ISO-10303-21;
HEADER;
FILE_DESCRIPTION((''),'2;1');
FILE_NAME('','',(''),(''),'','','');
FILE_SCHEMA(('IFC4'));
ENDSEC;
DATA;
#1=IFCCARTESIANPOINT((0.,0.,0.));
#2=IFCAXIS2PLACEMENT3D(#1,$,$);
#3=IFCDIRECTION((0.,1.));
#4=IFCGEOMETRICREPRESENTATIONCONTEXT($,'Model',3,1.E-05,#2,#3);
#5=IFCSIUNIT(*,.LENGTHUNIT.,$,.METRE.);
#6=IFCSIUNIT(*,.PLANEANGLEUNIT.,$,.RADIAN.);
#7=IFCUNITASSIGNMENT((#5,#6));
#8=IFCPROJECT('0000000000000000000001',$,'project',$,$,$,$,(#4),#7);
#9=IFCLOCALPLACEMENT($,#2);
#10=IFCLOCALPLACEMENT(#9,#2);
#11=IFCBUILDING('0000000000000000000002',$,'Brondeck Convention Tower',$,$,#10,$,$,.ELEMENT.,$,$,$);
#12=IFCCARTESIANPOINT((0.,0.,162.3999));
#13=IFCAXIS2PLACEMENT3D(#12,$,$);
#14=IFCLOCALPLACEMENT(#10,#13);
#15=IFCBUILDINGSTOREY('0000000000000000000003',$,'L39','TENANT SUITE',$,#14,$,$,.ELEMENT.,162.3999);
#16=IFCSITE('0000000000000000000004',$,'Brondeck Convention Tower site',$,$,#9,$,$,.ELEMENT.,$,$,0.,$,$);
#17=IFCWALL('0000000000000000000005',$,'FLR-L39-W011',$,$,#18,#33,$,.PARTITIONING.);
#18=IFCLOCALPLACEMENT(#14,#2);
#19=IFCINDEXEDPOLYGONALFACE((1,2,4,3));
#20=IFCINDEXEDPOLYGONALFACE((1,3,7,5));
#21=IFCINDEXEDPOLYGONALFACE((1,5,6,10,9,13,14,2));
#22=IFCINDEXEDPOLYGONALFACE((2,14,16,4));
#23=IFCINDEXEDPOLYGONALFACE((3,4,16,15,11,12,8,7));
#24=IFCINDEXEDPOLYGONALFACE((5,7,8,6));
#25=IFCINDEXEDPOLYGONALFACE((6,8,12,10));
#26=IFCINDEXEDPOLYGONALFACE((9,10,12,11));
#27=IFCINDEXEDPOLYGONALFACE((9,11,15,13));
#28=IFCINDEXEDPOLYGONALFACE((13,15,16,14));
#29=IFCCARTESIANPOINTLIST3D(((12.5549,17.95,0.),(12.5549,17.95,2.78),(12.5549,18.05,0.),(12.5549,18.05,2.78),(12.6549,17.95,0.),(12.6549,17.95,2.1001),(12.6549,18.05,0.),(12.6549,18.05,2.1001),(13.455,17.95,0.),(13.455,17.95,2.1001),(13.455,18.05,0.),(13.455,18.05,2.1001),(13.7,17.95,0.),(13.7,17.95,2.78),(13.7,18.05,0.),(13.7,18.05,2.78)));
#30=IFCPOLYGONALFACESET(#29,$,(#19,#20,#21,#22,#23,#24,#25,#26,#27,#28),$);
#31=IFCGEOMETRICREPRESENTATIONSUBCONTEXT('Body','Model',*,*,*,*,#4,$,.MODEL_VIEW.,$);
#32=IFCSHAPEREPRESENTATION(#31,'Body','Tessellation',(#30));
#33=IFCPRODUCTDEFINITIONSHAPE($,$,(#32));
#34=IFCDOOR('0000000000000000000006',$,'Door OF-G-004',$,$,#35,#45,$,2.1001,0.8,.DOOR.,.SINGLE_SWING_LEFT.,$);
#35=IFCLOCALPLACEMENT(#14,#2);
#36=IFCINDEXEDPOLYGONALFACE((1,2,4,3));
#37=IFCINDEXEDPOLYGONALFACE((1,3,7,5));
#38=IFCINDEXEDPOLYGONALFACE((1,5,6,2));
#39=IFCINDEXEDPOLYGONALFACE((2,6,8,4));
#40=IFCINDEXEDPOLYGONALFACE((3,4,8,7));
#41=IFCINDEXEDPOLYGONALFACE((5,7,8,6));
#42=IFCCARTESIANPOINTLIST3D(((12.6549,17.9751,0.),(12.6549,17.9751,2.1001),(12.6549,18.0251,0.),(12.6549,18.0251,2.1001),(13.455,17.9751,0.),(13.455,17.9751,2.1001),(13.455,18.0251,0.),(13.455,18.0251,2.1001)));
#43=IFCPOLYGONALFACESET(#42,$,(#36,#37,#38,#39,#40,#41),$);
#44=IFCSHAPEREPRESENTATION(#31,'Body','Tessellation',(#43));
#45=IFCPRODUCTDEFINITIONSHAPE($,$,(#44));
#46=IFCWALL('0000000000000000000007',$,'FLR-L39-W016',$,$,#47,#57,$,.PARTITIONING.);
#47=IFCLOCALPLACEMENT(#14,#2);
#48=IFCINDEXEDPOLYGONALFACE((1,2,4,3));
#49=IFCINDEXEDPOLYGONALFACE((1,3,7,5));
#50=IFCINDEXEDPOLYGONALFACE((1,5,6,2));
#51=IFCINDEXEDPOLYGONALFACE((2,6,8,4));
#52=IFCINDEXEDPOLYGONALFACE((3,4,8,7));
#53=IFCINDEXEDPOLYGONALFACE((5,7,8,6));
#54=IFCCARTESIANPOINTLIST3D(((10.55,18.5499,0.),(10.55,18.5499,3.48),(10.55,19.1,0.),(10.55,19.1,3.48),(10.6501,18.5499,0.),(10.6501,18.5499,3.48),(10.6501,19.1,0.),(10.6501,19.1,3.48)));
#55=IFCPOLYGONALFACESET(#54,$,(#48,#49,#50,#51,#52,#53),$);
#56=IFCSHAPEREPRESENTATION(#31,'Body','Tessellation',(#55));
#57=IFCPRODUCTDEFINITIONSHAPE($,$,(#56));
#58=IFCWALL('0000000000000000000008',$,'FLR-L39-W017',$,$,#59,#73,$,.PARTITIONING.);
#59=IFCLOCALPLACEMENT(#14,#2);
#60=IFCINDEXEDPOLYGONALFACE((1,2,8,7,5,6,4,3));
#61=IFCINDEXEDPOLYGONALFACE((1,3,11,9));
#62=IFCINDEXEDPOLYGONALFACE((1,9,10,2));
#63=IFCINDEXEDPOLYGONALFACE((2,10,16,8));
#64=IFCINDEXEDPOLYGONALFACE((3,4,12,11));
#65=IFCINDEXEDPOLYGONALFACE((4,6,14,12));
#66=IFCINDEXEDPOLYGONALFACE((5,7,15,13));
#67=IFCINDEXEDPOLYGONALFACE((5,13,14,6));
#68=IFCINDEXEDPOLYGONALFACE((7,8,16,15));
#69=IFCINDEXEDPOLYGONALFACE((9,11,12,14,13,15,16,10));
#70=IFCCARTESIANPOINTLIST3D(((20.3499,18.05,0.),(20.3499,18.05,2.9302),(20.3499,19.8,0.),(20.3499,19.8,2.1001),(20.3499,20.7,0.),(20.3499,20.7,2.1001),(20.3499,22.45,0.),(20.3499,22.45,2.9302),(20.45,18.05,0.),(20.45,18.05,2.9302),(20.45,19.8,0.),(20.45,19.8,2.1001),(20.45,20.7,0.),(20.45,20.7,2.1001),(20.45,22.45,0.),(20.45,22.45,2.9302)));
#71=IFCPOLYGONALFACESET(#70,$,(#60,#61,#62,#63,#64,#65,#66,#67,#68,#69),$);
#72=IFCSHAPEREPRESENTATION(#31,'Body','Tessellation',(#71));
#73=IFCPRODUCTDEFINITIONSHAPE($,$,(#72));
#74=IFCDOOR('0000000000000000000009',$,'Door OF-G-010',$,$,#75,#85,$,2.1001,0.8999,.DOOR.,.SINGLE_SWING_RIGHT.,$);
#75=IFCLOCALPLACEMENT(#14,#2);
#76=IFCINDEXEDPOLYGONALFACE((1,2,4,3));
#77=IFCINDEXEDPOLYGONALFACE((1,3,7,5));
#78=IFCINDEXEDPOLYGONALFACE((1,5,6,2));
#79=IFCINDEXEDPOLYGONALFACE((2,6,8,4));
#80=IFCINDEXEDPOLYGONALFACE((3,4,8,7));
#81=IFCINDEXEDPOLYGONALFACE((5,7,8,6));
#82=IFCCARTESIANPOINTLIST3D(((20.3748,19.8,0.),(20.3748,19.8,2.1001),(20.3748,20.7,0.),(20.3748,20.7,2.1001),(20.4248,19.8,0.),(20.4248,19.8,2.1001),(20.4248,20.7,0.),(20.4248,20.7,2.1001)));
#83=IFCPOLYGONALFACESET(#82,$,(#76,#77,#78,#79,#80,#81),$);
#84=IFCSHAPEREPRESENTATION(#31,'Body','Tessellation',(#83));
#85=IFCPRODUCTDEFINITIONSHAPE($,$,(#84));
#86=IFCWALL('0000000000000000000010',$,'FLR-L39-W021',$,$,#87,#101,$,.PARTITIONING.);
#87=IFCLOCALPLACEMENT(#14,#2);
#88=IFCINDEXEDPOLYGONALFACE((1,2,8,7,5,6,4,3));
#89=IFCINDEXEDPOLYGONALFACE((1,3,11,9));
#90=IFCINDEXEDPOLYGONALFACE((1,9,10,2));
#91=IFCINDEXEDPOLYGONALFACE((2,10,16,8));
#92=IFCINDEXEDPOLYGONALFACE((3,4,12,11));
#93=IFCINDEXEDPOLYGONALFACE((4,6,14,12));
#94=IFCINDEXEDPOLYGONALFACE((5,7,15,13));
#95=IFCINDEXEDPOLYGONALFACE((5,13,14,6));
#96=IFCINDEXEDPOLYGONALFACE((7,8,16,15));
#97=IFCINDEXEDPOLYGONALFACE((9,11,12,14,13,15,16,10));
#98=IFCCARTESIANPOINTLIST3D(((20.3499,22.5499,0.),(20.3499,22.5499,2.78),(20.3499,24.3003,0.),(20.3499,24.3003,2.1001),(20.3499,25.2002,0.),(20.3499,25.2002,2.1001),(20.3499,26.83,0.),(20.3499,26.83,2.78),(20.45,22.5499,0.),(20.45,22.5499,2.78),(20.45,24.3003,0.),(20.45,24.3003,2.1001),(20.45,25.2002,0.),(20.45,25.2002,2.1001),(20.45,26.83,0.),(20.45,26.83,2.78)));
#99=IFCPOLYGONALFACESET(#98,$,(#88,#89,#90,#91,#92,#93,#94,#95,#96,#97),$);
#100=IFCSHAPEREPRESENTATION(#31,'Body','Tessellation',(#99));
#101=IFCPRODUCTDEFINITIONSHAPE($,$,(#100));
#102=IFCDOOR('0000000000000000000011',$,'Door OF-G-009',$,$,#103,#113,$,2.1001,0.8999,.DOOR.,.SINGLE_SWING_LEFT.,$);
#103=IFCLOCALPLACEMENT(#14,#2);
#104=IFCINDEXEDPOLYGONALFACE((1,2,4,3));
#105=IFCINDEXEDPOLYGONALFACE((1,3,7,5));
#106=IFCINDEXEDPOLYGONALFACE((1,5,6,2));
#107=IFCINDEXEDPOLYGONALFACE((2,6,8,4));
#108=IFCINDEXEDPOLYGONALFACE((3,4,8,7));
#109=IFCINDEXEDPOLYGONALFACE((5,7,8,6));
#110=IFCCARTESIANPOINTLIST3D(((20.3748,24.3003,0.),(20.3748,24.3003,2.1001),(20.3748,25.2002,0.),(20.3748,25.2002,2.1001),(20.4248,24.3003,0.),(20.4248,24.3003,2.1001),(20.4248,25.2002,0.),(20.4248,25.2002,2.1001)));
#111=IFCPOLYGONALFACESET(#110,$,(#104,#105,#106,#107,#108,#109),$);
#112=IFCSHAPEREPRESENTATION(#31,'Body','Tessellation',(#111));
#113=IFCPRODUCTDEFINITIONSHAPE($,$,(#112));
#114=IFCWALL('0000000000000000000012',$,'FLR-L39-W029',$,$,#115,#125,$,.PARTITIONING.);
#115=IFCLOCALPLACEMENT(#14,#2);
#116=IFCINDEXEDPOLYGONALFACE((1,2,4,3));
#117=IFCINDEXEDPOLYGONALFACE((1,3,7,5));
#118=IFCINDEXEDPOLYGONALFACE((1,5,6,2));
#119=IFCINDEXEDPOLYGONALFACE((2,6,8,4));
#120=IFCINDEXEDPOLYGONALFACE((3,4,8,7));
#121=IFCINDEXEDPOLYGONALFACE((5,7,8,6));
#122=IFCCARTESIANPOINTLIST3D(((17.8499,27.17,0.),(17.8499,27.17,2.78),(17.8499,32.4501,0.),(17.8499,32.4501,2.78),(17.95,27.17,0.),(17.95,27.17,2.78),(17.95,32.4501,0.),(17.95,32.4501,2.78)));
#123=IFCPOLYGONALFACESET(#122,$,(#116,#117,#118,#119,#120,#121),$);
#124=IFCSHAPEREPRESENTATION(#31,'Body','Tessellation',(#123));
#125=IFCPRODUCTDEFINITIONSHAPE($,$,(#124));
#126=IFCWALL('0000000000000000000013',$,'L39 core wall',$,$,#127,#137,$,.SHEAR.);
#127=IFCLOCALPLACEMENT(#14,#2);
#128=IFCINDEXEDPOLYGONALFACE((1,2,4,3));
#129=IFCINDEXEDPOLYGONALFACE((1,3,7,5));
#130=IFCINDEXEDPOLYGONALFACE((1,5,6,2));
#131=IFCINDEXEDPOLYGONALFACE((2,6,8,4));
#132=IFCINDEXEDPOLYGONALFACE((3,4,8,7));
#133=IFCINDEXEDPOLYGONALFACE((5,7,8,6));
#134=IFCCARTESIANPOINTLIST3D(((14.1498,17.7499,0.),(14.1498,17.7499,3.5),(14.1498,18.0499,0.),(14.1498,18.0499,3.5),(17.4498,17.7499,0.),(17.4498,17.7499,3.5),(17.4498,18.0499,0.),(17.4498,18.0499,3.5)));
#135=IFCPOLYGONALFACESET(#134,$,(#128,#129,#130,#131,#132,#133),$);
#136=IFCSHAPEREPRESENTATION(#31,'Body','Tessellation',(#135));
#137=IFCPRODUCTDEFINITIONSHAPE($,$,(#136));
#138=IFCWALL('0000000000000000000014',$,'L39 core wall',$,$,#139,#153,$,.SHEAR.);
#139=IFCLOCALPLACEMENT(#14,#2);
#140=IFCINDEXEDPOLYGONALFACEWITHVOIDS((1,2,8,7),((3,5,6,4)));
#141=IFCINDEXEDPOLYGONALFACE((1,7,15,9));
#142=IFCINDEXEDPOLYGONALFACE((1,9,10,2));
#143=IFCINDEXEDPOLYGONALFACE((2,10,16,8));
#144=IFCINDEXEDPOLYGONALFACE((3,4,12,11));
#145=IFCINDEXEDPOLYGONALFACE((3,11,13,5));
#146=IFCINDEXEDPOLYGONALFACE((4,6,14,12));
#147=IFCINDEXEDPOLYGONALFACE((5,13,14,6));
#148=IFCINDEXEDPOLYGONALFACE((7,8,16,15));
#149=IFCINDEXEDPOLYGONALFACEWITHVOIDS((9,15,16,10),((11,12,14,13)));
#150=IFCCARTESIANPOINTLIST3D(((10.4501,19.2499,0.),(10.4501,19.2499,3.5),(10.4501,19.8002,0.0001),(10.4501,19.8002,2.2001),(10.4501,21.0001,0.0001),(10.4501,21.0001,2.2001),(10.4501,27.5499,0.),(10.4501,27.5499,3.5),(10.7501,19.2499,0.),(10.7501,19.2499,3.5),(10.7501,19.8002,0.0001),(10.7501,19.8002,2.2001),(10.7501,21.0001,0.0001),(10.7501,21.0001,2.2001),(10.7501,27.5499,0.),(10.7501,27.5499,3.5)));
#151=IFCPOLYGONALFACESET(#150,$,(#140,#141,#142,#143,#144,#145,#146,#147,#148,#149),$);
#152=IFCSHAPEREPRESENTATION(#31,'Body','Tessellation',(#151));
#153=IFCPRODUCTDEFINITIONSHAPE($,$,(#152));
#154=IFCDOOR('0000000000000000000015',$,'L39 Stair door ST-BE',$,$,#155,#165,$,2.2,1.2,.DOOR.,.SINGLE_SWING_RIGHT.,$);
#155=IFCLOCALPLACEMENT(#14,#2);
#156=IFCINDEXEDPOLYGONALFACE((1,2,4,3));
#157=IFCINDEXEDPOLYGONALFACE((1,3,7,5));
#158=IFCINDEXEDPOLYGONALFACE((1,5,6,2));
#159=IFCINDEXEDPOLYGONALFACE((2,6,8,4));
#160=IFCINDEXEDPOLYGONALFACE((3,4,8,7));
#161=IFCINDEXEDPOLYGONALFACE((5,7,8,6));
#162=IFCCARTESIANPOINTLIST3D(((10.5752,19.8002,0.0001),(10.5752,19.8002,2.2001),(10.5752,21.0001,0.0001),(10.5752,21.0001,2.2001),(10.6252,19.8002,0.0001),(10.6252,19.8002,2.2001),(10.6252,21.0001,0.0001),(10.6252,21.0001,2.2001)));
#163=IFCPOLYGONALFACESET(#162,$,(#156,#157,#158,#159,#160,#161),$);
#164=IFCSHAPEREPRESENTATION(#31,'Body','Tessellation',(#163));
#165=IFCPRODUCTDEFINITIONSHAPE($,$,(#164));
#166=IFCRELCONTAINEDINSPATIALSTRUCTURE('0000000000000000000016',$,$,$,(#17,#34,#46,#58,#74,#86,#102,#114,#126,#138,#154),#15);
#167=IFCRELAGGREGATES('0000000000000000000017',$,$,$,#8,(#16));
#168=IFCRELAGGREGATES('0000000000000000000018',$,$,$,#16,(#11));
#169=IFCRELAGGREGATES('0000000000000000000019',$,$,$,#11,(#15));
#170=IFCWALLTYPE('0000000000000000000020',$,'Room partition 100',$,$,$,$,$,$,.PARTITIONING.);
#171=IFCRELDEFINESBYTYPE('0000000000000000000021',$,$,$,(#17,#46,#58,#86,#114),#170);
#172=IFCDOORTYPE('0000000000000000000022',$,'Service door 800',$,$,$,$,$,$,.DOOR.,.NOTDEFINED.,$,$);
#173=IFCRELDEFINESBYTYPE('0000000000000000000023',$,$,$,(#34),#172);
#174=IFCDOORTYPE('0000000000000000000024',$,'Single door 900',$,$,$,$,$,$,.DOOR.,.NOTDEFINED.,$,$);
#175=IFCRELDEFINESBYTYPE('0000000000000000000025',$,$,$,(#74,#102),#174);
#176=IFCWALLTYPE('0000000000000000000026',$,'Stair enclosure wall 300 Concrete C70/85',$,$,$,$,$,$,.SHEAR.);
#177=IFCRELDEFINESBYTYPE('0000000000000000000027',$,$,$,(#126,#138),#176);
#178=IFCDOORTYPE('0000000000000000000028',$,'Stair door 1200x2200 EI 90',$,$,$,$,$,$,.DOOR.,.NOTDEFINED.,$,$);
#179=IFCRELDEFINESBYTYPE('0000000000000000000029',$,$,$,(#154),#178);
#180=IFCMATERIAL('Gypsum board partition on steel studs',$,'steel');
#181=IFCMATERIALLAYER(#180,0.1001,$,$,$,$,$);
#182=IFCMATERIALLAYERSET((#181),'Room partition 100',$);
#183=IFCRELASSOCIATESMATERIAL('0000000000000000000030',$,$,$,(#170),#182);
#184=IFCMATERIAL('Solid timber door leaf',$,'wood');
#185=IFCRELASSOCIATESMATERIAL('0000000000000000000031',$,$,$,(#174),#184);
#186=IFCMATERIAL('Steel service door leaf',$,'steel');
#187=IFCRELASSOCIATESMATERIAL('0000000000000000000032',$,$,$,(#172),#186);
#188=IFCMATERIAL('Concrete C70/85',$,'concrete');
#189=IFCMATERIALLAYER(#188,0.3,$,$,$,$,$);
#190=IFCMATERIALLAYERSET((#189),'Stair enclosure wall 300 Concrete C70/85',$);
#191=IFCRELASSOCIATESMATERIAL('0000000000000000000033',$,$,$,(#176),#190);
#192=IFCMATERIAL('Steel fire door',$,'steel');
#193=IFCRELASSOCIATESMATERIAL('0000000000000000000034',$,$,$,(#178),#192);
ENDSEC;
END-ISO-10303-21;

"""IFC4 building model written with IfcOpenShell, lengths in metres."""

from ifc_helpers import new_model, si_unit, direction, frame, frame_2d, origin, place, context, subcontext, project, spatial, rectangle, extrude, material, layer, layer_set, type_object, element, fill, save


model = new_model("IFC4")

# Units and contexts
model_context = context("Model", 3, precision=1e-05, world=origin(), true_north=direction((0.0, 1.0)))
body_context = subcontext(model_context, "Body", "Model", "MODEL_VIEW")
ifc_project = project(units=[si_unit("LENGTHUNIT", "METRE"), si_unit("PLANEANGLEUNIT", "RADIAN")], contexts=[model_context])

# Site, building, storey
site_placement = place(None, origin())
site = spatial("IfcSite", under=ifc_project, at=site_placement, Name="Brondeck Convention Tower site", CompositionType="ELEMENT", RefElevation=0.0)
building_placement = place(site_placement, origin())
building = spatial("IfcBuilding", under=site, at=building_placement, Name="Brondeck Convention Tower", CompositionType="ELEMENT")
storey_placement = place(building_placement, frame((0.0, 0.0, 162.3999)))
storey = spatial("IfcBuildingStorey", under=building, at=storey_placement, Name="L39", Description="TENANT SUITE", CompositionType="ELEMENT", Elevation=162.3999)

# Shared definitions
ifc_material_1 = material(Name="Concrete C70/85", Category="concrete")

# Wall, opening, door
ifc_material_2 = material(Name="Gypsum board partition on steel studs", Category="steel")
ifc_layer_1 = layer(ifc_material_2, 0.1001)
ifc_layer_set_1 = layer_set([ifc_layer_1], Name="Room partition 100")
wall_type_1 = type_object("IfcWallType", Name="Room partition 100", PredefinedType="PARTITIONING", material=ifc_layer_set_1)
ifc_material_3 = material(Name="Solid timber door leaf", Category="wood")
door_type_1 = type_object("IfcDoorType", Name="Single door 900", OperationType="NOTDEFINED", PredefinedType="DOOR", material=ifc_material_3)
wall_1_placement = place(storey_placement, frame((13.7, 18.0, 0.0), z_axis=(0.0, 0.0, 1.0), x_axis=(-1.0, 0.0, 0.0)))
wall_1 = element("IfcWall", 1, at=wall_1_placement, inside=storey, type_object=wall_type_1, Name="FLR-L39-W011", PredefinedType="PARTITIONING", context=body_context, shape_type="SweptSolid", body=[
    extrude(rectangle(XDim=1.145, YDim=0.1001, at=frame_2d((0.5725, 0.0))), origin(), (0.0, 0.0, 1.0), 2.78),
])
opening_1_placement = place(wall_1_placement, frame((0.2451, 0.0, 0.0)))
opening_1 = element("IfcOpeningElement", 2, at=opening_1_placement, cuts=wall_1, PredefinedType="OPENING", context=body_context, shape_type="SweptSolid", body=[
    extrude(rectangle(XDim=0.8, YDim=2.1001, at=frame_2d((0.3999, 1.05))), frame((0.0, 0.0601, 0.0), z_axis=(0.0, -1.0, 0.0), x_axis=(1.0, 0.0, 0.0)), (0.0, 0.0, 1.0), 0.1201),
])
ifc_material_4 = material(Name="Steel service door leaf", Category="steel")
door_type_2 = type_object("IfcDoorType", Name="Service door 800", OperationType="NOTDEFINED", PredefinedType="DOOR", material=ifc_material_4)
door_1_placement = place(opening_1_placement, origin())
door_1 = element("IfcDoor", 3, at=door_1_placement, inside=storey, type_object=door_type_2, Name="Door OF-G-004", OperationType="SINGLE_SWING_LEFT", OverallHeight=2.1001, OverallWidth=0.8, PredefinedType="DOOR", context=body_context, shape_type="SweptSolid", body=[
    extrude(rectangle(XDim=0.8, YDim=2.1001, at=frame_2d((0.3999, 1.05))), frame((0.0, 0.0249, 0.0), z_axis=(0.0, -1.0, 0.0), x_axis=(1.0, 0.0, 0.0)), (0.0, 0.0, 1.0), 0.05),
])
fill(opening_1, door_1)

# Wall
wall_2_placement = place(storey_placement, frame((10.6001, 18.55, 0.0), z_axis=(0.0, 0.0, 1.0), x_axis=(0.0, 1.0, 0.0)))
element("IfcWall", 4, at=wall_2_placement, inside=storey, type_object=wall_type_1, Name="FLR-L39-W016", PredefinedType="PARTITIONING", context=body_context, shape_type="SweptSolid", body=[
    extrude(rectangle(XDim=0.55, YDim=0.1001, at=frame_2d((0.2749, 0.0))), origin(), (0.0, 0.0, 1.0), 3.48),
])

# Walls, openings, doors
wall_3_placement = place(storey_placement, frame((20.3999, 22.45, 0.0), z_axis=(0.0, 0.0, 1.0), x_axis=(0.0, -1.0, 0.0)))
wall_3 = element("IfcWall", 5, at=wall_3_placement, inside=storey, type_object=wall_type_1, Name="FLR-L39-W017", PredefinedType="PARTITIONING", context=body_context, shape_type="SweptSolid", body=[
    extrude(rectangle(XDim=4.3999, YDim=0.1001, at=frame_2d((2.2, 0.0))), origin(), (0.0, 0.0, 1.0), 2.9302),
])
opening_2_placement = place(wall_3_placement, frame((1.75, 0.0, 0.0)))
opening_2 = element("IfcOpeningElement", 6, at=opening_2_placement, cuts=wall_3, PredefinedType="OPENING", context=body_context, shape_type="SweptSolid", body=[
    extrude(rectangle(XDim=0.8999, YDim=2.1001, at=frame_2d((0.45, 1.05))), frame((0.0, 0.0601, 0.0), z_axis=(0.0, -1.0, 0.0), x_axis=(1.0, 0.0, 0.0)), (0.0, 0.0, 1.0), 0.1201),
])
door_2_placement = place(opening_2_placement, origin())
door_2 = element("IfcDoor", 7, at=door_2_placement, inside=storey, type_object=door_type_1, Name="Door OF-G-010", OperationType="SINGLE_SWING_RIGHT", OverallHeight=2.1001, OverallWidth=0.8999, PredefinedType="DOOR", context=body_context, shape_type="SweptSolid", body=[
    extrude(rectangle(XDim=0.8999, YDim=2.1001, at=frame_2d((0.45, 1.05))), frame((0.0, 0.0249, 0.0), z_axis=(0.0, -1.0, 0.0), x_axis=(1.0, 0.0, 0.0)), (0.0, 0.0, 1.0), 0.05),
])
fill(opening_2, door_2)
wall_4_placement = place(storey_placement, frame((20.3999, 26.8301, 0.0), z_axis=(0.0, 0.0, 1.0), x_axis=(0.0, -1.0, 0.0)))
wall_4 = element("IfcWall", 8, at=wall_4_placement, inside=storey, type_object=wall_type_1, Name="FLR-L39-W021", PredefinedType="PARTITIONING", context=body_context, shape_type="SweptSolid", body=[
    extrude(rectangle(XDim=4.28, YDim=0.1001, at=frame_2d((2.1401, 0.0))), origin(), (0.0, 0.0, 1.0), 2.78),
])
opening_3_placement = place(wall_4_placement, frame((1.6299, 0.0, 0.0)))
opening_3 = element("IfcOpeningElement", 9, at=opening_3_placement, cuts=wall_4, PredefinedType="OPENING", context=body_context, shape_type="SweptSolid", body=[
    extrude(rectangle(XDim=0.8999, YDim=2.1001, at=frame_2d((0.45, 1.05))), frame((0.0, 0.0601, 0.0), z_axis=(0.0, -1.0, 0.0), x_axis=(1.0, 0.0, 0.0)), (0.0, 0.0, 1.0), 0.1201),
])
door_3_placement = place(opening_3_placement, origin())
door_3 = element("IfcDoor", 10, at=door_3_placement, inside=storey, type_object=door_type_1, Name="Door OF-G-009", OperationType="SINGLE_SWING_LEFT", OverallHeight=2.1001, OverallWidth=0.8999, PredefinedType="DOOR", context=body_context, shape_type="SweptSolid", body=[
    extrude(rectangle(XDim=0.8999, YDim=2.1001, at=frame_2d((0.45, 1.05))), frame((0.0, 0.0249, 0.0), z_axis=(0.0, -1.0, 0.0), x_axis=(1.0, 0.0, 0.0)), (0.0, 0.0, 1.0), 0.05),
])
fill(opening_3, door_3)

# Walls
wall_5_placement = place(storey_placement, frame((17.8999, 27.1699, 0.0), z_axis=(0.0, 0.0, 1.0), x_axis=(0.0, 1.0, 0.0)))
element("IfcWall", 11, at=wall_5_placement, inside=storey, type_object=wall_type_1, Name="FLR-L39-W029", PredefinedType="PARTITIONING", context=body_context, shape_type="SweptSolid", body=[
    extrude(rectangle(XDim=5.28, YDim=0.1001, at=frame_2d((2.6401, 0.0))), origin(), (0.0, 0.0, 1.0), 2.78),
])
ifc_layer_2 = layer(ifc_material_1, 0.3)
ifc_layer_set_2 = layer_set([ifc_layer_2], Name="Stair enclosure wall 300 Concrete C70/85")
wall_type_2 = type_object("IfcWallType", Name="Stair enclosure wall 300 Concrete C70/85", PredefinedType="SHEAR", material=ifc_layer_set_2)
wall_6_placement = place(storey_placement, frame((14.1499, 17.8999, 0.0), z_axis=(0.0, 0.0, 1.0), x_axis=(1.0, 0.0, 0.0)))
element("IfcWall", 12, at=wall_6_placement, inside=storey, type_object=wall_type_2, Name="L39 core wall", PredefinedType="SHEAR", context=body_context, shape_type="SweptSolid", body=[
    extrude(rectangle(XDim=3.3, YDim=0.3, at=frame_2d((1.6499, 0.0))), origin(), (0.0, 0.0, 1.0), 3.5),
])

# Wall, opening, door
wall_7_placement = place(storey_placement, frame((10.6001, 19.25, 0.0), z_axis=(0.0, 0.0, 1.0), x_axis=(0.0, 1.0, 0.0)))
wall_7 = element("IfcWall", 13, at=wall_7_placement, inside=storey, type_object=wall_type_2, Name="L39 core wall", PredefinedType="SHEAR", context=body_context, shape_type="SweptSolid", body=[
    extrude(rectangle(XDim=8.3, YDim=0.3, at=frame_2d((4.1499, 0.0))), origin(), (0.0, 0.0, 1.0), 3.5),
])
opening_4_placement = place(wall_7_placement, frame((0.55, 0.0, 0.0)))
opening_4 = element("IfcOpeningElement", 14, at=opening_4_placement, cuts=wall_7, PredefinedType="OPENING", context=body_context, shape_type="SweptSolid", body=[
    extrude(rectangle(XDim=1.2, YDim=2.2, at=frame_2d((0.6001, 1.1001))), frame((0.0, 0.1599, 0.0), z_axis=(0.0, -1.0, 0.0), x_axis=(1.0, 0.0, 0.0)), (0.0, 0.0, 1.0), 0.3201),
])
ifc_material_5 = material(Name="Steel fire door", Category="steel")
door_type_3 = type_object("IfcDoorType", Name="Stair door 1200x2200 EI 90", OperationType="NOTDEFINED", PredefinedType="DOOR", material=ifc_material_5)
door_4_placement = place(opening_4_placement, origin())
door_4 = element("IfcDoor", 15, at=door_4_placement, inside=storey, type_object=door_type_3, Name="L39 Stair door ST-BE", OperationType="SINGLE_SWING_RIGHT", OverallHeight=2.2, OverallWidth=1.2, PredefinedType="DOOR", context=body_context, shape_type="SweptSolid", body=[
    extrude(rectangle(XDim=1.2, YDim=2.2, at=frame_2d((0.6001, 1.1001))), frame((0.0, 0.0249, 0.0), z_axis=(0.0, -1.0, 0.0), x_axis=(1.0, 0.0, 0.0)), (0.0, 0.0, 1.0), 0.05),
])
fill(opening_4, door_4)

save(model, "model.ifc")
